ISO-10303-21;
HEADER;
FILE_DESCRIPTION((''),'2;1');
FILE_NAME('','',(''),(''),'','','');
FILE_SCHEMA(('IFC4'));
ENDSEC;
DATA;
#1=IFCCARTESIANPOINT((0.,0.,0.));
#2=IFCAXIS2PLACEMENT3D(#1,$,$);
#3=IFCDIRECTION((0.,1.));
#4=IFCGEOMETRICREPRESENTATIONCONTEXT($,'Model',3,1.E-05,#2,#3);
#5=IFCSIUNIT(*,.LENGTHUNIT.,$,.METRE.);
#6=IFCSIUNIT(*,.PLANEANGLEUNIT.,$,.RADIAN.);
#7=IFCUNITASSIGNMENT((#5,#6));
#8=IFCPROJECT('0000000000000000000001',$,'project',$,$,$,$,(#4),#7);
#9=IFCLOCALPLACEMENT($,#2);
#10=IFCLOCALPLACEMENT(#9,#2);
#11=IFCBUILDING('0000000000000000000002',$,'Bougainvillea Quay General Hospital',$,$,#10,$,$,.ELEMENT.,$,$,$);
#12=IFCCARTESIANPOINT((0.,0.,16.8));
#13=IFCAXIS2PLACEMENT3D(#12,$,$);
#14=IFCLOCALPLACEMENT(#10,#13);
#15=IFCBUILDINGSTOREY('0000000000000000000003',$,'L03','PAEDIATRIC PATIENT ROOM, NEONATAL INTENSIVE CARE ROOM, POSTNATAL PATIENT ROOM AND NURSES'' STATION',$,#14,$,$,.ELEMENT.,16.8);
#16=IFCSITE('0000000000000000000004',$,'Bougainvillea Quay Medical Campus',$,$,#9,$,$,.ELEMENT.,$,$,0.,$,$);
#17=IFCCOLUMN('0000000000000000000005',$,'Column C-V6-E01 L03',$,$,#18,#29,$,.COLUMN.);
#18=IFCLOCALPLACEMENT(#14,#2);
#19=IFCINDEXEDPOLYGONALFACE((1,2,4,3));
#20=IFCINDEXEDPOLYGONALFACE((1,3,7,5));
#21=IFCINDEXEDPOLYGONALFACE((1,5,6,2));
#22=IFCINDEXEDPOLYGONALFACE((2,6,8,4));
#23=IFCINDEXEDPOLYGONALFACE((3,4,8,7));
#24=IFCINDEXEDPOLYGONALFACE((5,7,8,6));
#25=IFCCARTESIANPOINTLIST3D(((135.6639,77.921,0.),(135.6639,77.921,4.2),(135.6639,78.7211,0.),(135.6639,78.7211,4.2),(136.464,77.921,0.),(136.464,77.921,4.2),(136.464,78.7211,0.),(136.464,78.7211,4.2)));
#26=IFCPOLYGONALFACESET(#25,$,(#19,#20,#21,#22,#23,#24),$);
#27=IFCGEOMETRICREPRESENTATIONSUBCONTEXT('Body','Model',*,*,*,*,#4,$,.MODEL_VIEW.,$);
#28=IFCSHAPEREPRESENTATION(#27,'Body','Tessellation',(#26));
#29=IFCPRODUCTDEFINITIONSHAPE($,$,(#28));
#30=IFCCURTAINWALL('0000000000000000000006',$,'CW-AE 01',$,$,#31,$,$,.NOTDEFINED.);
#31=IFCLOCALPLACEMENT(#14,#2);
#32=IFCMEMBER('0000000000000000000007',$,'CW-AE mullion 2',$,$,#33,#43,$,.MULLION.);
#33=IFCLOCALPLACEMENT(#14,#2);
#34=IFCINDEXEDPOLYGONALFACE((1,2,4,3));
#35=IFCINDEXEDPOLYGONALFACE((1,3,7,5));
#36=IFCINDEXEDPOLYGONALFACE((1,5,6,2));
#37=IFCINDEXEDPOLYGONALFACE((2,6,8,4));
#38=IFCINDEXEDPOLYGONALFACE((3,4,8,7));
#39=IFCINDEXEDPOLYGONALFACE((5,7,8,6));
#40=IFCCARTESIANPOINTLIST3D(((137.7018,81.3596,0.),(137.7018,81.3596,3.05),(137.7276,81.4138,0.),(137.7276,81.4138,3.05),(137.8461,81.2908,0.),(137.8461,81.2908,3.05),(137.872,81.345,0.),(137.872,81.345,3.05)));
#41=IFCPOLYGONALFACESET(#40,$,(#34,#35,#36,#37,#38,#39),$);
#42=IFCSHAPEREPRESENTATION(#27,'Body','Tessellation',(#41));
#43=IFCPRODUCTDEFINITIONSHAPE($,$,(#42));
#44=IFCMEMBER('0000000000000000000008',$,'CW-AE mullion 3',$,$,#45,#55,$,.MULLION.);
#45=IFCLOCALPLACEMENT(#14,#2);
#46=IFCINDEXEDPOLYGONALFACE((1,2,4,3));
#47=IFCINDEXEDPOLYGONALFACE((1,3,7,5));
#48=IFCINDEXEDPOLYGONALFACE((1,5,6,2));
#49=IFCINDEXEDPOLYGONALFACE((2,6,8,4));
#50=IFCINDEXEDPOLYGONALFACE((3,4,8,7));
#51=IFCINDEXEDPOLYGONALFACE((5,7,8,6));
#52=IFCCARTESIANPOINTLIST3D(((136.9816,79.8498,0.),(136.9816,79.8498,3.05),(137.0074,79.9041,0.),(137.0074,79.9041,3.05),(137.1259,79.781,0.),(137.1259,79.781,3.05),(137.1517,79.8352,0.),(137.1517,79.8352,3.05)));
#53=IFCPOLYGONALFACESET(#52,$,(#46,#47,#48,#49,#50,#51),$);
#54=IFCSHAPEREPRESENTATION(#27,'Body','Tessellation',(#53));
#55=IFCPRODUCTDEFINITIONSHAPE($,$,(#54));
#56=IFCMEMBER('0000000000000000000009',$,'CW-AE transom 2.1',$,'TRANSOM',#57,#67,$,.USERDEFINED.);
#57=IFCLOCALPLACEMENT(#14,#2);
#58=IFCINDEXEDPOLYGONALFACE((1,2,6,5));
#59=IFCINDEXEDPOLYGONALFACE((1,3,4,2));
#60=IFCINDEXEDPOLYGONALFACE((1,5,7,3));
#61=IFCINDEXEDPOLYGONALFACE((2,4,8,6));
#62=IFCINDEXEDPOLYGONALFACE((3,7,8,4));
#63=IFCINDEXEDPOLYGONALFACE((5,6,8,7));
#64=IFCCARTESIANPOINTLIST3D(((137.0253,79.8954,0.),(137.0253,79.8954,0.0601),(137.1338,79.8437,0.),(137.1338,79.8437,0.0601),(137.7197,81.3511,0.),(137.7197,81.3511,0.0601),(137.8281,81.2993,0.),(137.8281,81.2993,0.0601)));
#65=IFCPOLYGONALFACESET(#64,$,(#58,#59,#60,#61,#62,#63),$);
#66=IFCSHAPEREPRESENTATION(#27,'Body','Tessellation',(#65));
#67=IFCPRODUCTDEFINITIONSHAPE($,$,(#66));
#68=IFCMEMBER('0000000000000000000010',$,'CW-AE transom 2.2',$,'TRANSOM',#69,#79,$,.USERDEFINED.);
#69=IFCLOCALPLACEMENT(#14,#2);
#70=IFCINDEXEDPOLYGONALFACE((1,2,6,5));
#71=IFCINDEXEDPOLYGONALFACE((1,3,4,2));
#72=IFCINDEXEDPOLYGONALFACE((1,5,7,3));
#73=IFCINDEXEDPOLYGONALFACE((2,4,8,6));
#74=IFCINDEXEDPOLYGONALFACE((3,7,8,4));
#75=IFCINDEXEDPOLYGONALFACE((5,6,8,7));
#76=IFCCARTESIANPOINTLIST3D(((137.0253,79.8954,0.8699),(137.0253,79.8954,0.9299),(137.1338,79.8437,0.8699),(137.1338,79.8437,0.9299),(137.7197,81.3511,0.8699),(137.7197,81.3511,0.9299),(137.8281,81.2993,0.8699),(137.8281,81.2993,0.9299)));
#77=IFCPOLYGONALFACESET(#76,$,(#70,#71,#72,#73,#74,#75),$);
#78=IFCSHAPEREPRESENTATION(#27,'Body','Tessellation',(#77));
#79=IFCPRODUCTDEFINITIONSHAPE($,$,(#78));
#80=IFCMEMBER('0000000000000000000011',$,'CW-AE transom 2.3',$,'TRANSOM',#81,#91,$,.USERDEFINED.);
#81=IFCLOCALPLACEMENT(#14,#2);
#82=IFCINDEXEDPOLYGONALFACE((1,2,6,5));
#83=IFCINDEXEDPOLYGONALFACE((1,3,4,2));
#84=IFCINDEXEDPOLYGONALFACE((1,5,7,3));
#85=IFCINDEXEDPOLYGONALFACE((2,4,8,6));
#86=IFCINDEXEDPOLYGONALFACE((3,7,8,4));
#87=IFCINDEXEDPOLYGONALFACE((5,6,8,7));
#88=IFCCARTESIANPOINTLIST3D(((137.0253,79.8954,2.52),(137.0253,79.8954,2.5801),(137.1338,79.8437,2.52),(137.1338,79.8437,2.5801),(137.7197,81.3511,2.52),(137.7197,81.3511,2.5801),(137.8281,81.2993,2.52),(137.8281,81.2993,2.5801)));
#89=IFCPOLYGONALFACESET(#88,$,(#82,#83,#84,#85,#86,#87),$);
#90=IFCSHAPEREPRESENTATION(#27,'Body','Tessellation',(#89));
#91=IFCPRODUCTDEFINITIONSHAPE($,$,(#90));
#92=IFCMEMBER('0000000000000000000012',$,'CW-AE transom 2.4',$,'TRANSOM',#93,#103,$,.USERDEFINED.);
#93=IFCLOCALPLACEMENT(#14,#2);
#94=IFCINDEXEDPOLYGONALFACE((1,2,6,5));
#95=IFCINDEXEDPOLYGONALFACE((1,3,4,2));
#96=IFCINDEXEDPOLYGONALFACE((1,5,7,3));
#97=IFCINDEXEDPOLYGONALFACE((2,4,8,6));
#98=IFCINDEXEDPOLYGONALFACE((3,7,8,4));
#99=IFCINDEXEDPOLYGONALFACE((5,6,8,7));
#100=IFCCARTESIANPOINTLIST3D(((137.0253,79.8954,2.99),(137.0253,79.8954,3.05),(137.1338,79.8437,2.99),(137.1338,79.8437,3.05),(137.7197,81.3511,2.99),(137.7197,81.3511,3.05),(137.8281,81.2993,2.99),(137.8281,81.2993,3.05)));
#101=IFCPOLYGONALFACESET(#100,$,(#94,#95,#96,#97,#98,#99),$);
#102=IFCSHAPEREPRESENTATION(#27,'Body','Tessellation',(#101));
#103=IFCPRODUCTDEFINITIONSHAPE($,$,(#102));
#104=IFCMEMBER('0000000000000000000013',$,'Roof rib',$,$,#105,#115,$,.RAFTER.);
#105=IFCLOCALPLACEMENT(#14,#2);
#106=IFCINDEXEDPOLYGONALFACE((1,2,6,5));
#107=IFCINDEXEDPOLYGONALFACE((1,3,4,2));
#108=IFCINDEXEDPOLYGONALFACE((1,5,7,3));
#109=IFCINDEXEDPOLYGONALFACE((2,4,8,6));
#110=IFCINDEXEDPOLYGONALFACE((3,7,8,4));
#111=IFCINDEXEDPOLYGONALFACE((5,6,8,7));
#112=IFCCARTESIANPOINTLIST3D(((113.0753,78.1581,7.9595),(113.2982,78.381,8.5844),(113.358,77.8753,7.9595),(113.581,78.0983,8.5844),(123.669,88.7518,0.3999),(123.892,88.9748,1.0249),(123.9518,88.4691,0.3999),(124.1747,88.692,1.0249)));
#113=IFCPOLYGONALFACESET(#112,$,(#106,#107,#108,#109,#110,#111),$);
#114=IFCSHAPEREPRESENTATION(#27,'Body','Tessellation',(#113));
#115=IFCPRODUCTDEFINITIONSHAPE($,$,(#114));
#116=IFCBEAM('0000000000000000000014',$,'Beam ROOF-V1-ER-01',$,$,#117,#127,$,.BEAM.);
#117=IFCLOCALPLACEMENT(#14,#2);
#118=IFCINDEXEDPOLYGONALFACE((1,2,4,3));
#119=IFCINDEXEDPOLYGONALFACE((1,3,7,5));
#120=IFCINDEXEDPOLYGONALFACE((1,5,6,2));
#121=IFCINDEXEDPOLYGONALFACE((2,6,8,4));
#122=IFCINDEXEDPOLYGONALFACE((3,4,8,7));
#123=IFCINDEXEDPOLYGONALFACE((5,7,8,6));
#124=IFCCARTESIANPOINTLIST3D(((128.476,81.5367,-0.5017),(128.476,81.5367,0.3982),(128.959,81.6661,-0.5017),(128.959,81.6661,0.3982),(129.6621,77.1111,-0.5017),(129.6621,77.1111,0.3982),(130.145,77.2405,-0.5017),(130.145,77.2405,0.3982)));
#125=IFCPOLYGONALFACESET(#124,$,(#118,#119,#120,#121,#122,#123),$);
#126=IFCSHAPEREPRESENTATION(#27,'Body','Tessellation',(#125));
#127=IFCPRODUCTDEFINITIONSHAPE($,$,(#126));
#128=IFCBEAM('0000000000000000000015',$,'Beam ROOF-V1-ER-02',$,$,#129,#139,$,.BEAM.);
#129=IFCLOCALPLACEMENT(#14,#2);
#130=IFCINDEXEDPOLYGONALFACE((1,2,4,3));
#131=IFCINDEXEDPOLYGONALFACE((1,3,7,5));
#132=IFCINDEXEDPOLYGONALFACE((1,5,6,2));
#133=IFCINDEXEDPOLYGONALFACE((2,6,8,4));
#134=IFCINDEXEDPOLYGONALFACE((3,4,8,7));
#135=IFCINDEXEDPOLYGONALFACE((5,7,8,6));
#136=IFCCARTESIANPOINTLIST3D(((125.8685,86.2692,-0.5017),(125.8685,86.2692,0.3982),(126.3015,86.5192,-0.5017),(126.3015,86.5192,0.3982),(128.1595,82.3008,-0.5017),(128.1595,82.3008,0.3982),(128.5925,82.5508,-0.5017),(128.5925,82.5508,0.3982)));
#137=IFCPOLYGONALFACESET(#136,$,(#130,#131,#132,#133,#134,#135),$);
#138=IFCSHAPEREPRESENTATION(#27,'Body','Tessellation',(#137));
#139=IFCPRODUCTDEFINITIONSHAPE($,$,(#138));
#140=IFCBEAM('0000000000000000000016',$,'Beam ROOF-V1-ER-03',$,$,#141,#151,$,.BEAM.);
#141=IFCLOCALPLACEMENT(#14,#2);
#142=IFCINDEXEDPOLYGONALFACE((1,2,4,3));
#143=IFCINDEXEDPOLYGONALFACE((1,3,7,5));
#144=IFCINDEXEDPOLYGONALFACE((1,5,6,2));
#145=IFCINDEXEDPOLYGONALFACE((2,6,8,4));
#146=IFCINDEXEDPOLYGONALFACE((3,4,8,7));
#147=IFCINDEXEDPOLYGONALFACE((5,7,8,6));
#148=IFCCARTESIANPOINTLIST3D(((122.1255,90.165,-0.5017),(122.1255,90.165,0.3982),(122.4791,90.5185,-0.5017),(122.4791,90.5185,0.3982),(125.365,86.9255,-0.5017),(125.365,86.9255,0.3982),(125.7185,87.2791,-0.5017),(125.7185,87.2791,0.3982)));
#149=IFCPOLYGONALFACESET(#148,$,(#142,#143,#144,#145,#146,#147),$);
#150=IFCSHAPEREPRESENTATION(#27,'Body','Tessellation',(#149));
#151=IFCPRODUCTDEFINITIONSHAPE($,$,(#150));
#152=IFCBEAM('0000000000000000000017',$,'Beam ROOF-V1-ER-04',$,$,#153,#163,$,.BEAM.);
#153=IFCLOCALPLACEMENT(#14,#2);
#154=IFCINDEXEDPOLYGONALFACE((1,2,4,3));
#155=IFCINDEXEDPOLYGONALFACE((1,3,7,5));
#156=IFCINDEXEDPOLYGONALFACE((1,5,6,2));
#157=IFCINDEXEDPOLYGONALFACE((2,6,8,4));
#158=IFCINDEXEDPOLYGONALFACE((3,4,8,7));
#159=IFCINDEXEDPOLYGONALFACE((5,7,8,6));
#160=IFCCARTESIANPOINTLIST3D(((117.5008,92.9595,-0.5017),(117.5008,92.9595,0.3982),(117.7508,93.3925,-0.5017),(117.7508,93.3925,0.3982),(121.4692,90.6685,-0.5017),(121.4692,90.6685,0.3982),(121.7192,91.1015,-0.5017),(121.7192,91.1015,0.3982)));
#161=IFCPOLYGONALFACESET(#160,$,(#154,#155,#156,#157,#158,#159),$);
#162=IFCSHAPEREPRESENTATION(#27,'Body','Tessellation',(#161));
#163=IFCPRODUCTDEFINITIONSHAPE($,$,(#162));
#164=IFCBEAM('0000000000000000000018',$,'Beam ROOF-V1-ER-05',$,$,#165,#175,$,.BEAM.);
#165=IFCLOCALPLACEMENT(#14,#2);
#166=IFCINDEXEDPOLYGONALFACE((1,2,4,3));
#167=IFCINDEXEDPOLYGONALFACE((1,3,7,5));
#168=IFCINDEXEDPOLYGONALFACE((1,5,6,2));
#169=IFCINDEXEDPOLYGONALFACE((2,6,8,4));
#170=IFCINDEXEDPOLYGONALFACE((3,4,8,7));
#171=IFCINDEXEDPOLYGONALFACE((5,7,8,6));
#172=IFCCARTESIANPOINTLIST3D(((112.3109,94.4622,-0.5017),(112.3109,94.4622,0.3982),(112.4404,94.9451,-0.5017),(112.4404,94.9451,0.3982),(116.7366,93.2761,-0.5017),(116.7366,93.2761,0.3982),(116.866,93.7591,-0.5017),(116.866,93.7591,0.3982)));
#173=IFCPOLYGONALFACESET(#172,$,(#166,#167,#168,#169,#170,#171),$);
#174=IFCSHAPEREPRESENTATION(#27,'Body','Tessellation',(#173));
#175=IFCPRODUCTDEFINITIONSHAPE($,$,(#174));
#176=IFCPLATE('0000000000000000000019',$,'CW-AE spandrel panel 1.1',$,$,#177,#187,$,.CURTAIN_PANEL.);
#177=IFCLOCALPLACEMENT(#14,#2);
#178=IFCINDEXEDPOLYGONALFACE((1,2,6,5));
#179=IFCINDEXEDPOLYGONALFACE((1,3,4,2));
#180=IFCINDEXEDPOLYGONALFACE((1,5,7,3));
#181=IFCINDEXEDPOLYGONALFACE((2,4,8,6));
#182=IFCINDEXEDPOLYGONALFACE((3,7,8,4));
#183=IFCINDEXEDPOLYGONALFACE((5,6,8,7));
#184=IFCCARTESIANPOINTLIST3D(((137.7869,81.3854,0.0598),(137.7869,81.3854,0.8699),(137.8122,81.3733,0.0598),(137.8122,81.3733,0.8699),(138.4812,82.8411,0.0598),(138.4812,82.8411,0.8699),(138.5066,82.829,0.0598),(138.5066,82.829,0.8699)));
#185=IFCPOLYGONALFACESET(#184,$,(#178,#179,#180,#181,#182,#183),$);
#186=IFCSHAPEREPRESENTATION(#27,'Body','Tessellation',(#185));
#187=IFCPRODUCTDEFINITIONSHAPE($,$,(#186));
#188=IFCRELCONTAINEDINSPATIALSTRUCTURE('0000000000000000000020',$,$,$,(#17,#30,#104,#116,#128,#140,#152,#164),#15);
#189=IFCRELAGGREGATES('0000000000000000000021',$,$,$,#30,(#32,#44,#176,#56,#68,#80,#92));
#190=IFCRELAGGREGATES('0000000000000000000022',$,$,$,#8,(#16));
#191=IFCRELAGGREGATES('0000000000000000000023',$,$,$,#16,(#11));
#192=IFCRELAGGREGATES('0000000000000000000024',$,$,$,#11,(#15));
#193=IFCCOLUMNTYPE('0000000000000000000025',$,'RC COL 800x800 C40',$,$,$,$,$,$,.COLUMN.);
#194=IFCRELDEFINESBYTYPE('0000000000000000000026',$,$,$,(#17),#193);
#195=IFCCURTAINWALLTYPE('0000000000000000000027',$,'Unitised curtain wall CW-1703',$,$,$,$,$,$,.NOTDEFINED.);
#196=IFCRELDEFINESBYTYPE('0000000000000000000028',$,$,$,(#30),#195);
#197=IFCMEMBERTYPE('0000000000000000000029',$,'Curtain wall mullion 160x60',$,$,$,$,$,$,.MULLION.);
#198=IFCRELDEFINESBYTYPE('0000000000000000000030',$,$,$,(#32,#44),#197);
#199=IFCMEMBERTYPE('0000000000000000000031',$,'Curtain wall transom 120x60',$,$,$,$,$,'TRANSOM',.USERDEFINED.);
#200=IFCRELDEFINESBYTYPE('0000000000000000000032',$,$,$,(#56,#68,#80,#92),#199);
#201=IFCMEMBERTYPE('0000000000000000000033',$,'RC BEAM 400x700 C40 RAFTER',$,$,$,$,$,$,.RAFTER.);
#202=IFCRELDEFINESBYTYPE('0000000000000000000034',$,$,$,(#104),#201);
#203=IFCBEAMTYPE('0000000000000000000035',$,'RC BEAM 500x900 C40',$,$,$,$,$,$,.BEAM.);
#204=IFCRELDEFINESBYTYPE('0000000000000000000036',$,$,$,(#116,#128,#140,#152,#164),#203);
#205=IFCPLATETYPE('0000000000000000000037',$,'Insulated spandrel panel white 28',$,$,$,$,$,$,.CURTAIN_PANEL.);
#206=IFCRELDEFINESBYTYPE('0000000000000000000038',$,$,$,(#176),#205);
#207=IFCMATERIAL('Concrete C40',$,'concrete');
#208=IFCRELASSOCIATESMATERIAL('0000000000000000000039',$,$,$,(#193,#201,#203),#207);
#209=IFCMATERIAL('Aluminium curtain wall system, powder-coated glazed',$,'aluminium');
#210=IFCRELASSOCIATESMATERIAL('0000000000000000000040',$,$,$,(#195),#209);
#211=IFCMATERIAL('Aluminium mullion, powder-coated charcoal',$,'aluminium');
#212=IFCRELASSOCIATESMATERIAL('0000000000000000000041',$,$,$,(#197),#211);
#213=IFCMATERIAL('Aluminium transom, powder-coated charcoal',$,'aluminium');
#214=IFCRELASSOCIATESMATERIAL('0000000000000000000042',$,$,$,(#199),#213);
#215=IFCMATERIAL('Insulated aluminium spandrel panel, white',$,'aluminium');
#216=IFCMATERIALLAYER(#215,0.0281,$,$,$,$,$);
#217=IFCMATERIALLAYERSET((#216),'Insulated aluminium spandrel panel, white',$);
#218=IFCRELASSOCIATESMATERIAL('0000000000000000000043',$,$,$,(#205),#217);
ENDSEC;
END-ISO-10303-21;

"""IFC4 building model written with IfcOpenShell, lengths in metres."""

from ifc_helpers import new_model, si_unit, direction, frame, origin, origin_2d, place, context, subcontext, project, spatial, rectangle, extrude, material, layer, layer_set, material_profile, profile_set, type_object, element, aggregate, save


model = new_model("IFC4")

# Units and contexts
model_context = context("Model", 3, precision=1e-05, world=origin(), true_north=direction((0.0, 1.0)))
body_context = subcontext(model_context, "Body", "Model", "MODEL_VIEW")
ifc_project = project(units=[si_unit("LENGTHUNIT", "METRE"), si_unit("PLANEANGLEUNIT", "RADIAN")], contexts=[model_context])

# Site, building, storey
site_placement = place(None, origin())
site = spatial("IfcSite", under=ifc_project, at=site_placement, Name="Bougainvillea Quay Medical Campus", CompositionType="ELEMENT", RefElevation=0.0)
building_placement = place(site_placement, origin())
building = spatial("IfcBuilding", under=site, at=building_placement, Name="Bougainvillea Quay General Hospital", CompositionType="ELEMENT")
storey_placement = place(building_placement, frame((0.0, 0.0, 16.8)))
storey = spatial("IfcBuildingStorey", under=building, at=storey_placement, Name="L03", Description="PAEDIATRIC PATIENT ROOM, NEONATAL INTENSIVE CARE ROOM, POSTNATAL PATIENT ROOM AND NURSES' STATION", CompositionType="ELEMENT", Elevation=16.8)

# Column
ifc_material_1 = material(Name="Concrete C40", Category="concrete")
ifc_material_profile_1 = material_profile(ifc_material_1, rectangle(XDim=0.8, YDim=0.8, at=origin_2d()))
ifc_profile_set_1 = profile_set([ifc_material_profile_1], Name="Concrete C40")
column_type = type_object("IfcColumnType", Name="RC COL 800x800 C40", PredefinedType="COLUMN", material=ifc_profile_set_1)
column_placement = place(storey_placement, frame((136.064, 78.321, 0.0), z_axis=(0.0, 0.0, 1.0), x_axis=(1.0, 0.0, 0.0)))
element("IfcColumn", 1, at=column_placement, inside=storey, type_object=column_type, Name="Column C-V6-E01 L03", PredefinedType="COLUMN", context=body_context, shape_type="SweptSolid", body=[
    extrude(rectangle(XDim=0.8, YDim=0.8, at=origin_2d()), origin(), (0.0, 0.0, 1.0), 4.2),
])

# Curtain wall, members
ifc_material_2 = material(Name="Aluminium curtain wall system, powder-coated glazed", Category="aluminium")
curtain_wall_type = type_object("IfcCurtainWallType", Name="Unitised curtain wall CW-1703", PredefinedType="NOTDEFINED", material=ifc_material_2)
curtain_wall_placement = place(storey_placement, origin())
curtain_wall = element("IfcCurtainWall", 2, at=curtain_wall_placement, inside=storey, type_object=curtain_wall_type, Name="CW-AE 01", PredefinedType="NOTDEFINED")
ifc_material_3 = material(Name="Aluminium mullion, powder-coated charcoal", Category="aluminium")
ifc_material_profile_2 = material_profile(ifc_material_3, rectangle(XDim=0.1599, YDim=0.0601, at=origin_2d()))
ifc_profile_set_2 = profile_set([ifc_material_profile_2], Name="Aluminium mullion, powder-coated charcoal")
member_type_1 = type_object("IfcMemberType", Name="Curtain wall mullion 160x60", PredefinedType="MULLION", material=ifc_profile_set_2)
member_1_placement = place(storey_placement, frame((137.7869, 81.3523, 0.0), z_axis=(0.0, 0.0, 1.0), x_axis=(0.902578, -0.430525, 0.0)))
member_1 = element("IfcMember", 3, at=member_1_placement, type_object=member_type_1, Name="CW-AE mullion 2", PredefinedType="MULLION", context=body_context, shape_type="SweptSolid", body=[
    extrude(rectangle(XDim=0.1599, YDim=0.0601, at=origin_2d()), origin(), (0.0, 0.0, 1.0), 3.05),
])
member_2_placement = place(storey_placement, frame((137.0667, 79.8425, 0.0), z_axis=(0.0, 0.0, 1.0), x_axis=(0.902578, -0.430525, 0.0)))
member_2 = element("IfcMember", 4, at=member_2_placement, type_object=member_type_1, Name="CW-AE mullion 3", PredefinedType="MULLION", context=body_context, shape_type="SweptSolid", body=[
    extrude(rectangle(XDim=0.1599, YDim=0.0601, at=origin_2d()), origin(), (0.0, 0.0, 1.0), 3.05),
])
ifc_material_4 = material(Name="Aluminium transom, powder-coated charcoal", Category="aluminium")
ifc_material_profile_3 = material_profile(ifc_material_4, rectangle(XDim=0.1201, YDim=0.0601, at=origin_2d()))
ifc_profile_set_3 = profile_set([ifc_material_profile_3], Name="Aluminium transom, powder-coated charcoal")
member_type_2 = type_object("IfcMemberType", Name="Curtain wall transom 120x60", ElementType="TRANSOM", PredefinedType="USERDEFINED", material=ifc_profile_set_3)
member_3_placement = place(storey_placement, frame((137.7739, 81.3252, 0.03), z_axis=(-0.430545, -0.902569, 0.0), x_axis=(0.902569, -0.430545, 0.0)))
member_3 = element("IfcMember", 5, at=member_3_placement, type_object=member_type_2, Name="CW-AE transom 2.1", ObjectType="TRANSOM", PredefinedType="USERDEFINED", context=body_context, shape_type="SweptSolid", body=[
    extrude(rectangle(XDim=0.1201, YDim=0.0601, at=origin_2d()), origin(), (0.0, 0.0, 1.0), 1.6128),
])
member_4_placement = place(storey_placement, frame((137.7739, 81.3252, 0.8999), z_axis=(-0.430545, -0.902569, 0.0), x_axis=(0.902569, -0.430545, 0.0)))
member_4 = element("IfcMember", 6, at=member_4_placement, type_object=member_type_2, Name="CW-AE transom 2.2", ObjectType="TRANSOM", PredefinedType="USERDEFINED", context=body_context, shape_type="SweptSolid", body=[
    extrude(rectangle(XDim=0.1201, YDim=0.0601, at=origin_2d()), origin(), (0.0, 0.0, 1.0), 1.6128),
])
member_5_placement = place(storey_placement, frame((137.7739, 81.3252, 2.55), z_axis=(-0.430545, -0.902569, 0.0), x_axis=(0.902569, -0.430545, 0.0)))
member_5 = element("IfcMember", 7, at=member_5_placement, type_object=member_type_2, Name="CW-AE transom 2.3", ObjectType="TRANSOM", PredefinedType="USERDEFINED", context=body_context, shape_type="SweptSolid", body=[
    extrude(rectangle(XDim=0.1201, YDim=0.0601, at=origin_2d()), origin(), (0.0, 0.0, 1.0), 1.6128),
])
member_6_placement = place(storey_placement, frame((137.7739, 81.3252, 3.02), z_axis=(-0.430545, -0.902569, 0.0), x_axis=(0.902569, -0.430545, 0.0)))
member_6 = element("IfcMember", 8, at=member_6_placement, type_object=member_type_2, Name="CW-AE transom 2.4", ObjectType="TRANSOM", PredefinedType="USERDEFINED", context=body_context, shape_type="SweptSolid", body=[
    extrude(rectangle(XDim=0.1201, YDim=0.0601, at=origin_2d()), origin(), (0.0, 0.0, 1.0), 1.6128),
])

# Member
ifc_material_profile_4 = material_profile(ifc_material_1, rectangle(XDim=0.3999, YDim=0.7, at=origin_2d()))
ifc_profile_set_4 = profile_set([ifc_material_profile_4], Name="Concrete C40")
member_type_3 = type_object("IfcMemberType", Name="RC BEAM 400x700 C40 RAFTER", PredefinedType="RAFTER", material=ifc_profile_set_4)
member_7_placement = place(storey_placement, frame((123.9219, 88.7219, 0.7124), z_axis=(-0.631294, -0.631294, 0.450484), x_axis=(0.707107, -0.707107, 0.0)))
element("IfcMember", 9, at=member_7_placement, inside=storey, type_object=member_type_3, Name="Roof rib", PredefinedType="RAFTER", context=body_context, shape_type="SweptSolid", body=[
    extrude(rectangle(XDim=0.3999, YDim=0.7, at=origin_2d()), origin(), (0.0, 0.0, 1.0), 16.781),
])

# Beams
ifc_material_profile_5 = material_profile(ifc_material_1, rectangle(XDim=0.5, YDim=0.8999, at=origin_2d()))
ifc_profile_set_5 = profile_set([ifc_material_profile_5], Name="Concrete C40")
beam_type = type_object("IfcBeamType", Name="RC BEAM 500x900 C40", PredefinedType="BEAM", material=ifc_profile_set_5)
beam_1_placement = place(storey_placement, frame((129.9036, 77.1758, -0.0518), z_axis=(-0.258863, 0.965914, 0.0), x_axis=(-0.965914, -0.258863, 0.0)))
element("IfcBeam", 10, at=beam_1_placement, inside=storey, type_object=beam_type, Name="Beam ROOF-V1-ER-01", PredefinedType="BEAM", context=body_context, shape_type="SweptSolid", body=[
    extrude(rectangle(XDim=0.5, YDim=0.8999, at=origin_2d()), origin(), (0.0, 0.0, 1.0), 4.5818),
])
beam_2_placement = place(storey_placement, frame((128.376, 82.4258, -0.0518), z_axis=(-0.499967, 0.866045, 0.0), x_axis=(-0.866045, -0.499967, 0.0)))
element("IfcBeam", 11, at=beam_2_placement, inside=storey, type_object=beam_type, Name="Beam ROOF-V1-ER-02", PredefinedType="BEAM", context=body_context, shape_type="SweptSolid", body=[
    extrude(rectangle(XDim=0.5, YDim=0.8999, at=origin_2d()), origin(), (0.0, 0.0, 1.0), 4.5823),
])
beam_3_placement = place(storey_placement, frame((125.5417, 87.1023, -0.0518), z_axis=(-0.707107, 0.707107, 0.0), x_axis=(-0.707107, -0.707107, 0.0)))
element("IfcBeam", 12, at=beam_3_placement, inside=storey, type_object=beam_type, Name="Beam ROOF-V1-ER-03", PredefinedType="BEAM", context=body_context, shape_type="SweptSolid", body=[
    extrude(rectangle(XDim=0.5, YDim=0.8999, at=origin_2d()), origin(), (0.0, 0.0, 1.0), 4.5813),
])
beam_4_placement = place(storey_placement, frame((121.5942, 90.885, -0.0518), z_axis=(-0.866045, 0.499967, 0.0), x_axis=(-0.499967, -0.866045, 0.0)))
element("IfcBeam", 13, at=beam_4_placement, inside=storey, type_object=beam_type, Name="Beam ROOF-V1-ER-04", PredefinedType="BEAM", context=body_context, shape_type="SweptSolid", body=[
    extrude(rectangle(XDim=0.5, YDim=0.8999, at=origin_2d()), origin(), (0.0, 0.0, 1.0), 4.5823),
])
beam_5_placement = place(storey_placement, frame((116.8013, 93.5176, -0.0518), z_axis=(-0.965914, 0.258863, 0.0), x_axis=(-0.258863, -0.965914, 0.0)))
element("IfcBeam", 14, at=beam_5_placement, inside=storey, type_object=beam_type, Name="Beam ROOF-V1-ER-05", PredefinedType="BEAM", context=body_context, shape_type="SweptSolid", body=[
    extrude(rectangle(XDim=0.5, YDim=0.8999, at=origin_2d()), origin(), (0.0, 0.0, 1.0), 4.5818),
])

# Plate
ifc_material_5 = material(Name="Insulated aluminium spandrel panel, white", Category="aluminium")
ifc_layer_1 = layer(ifc_material_5, 0.0281)
ifc_layer_set_1 = layer_set([ifc_layer_1], Name="Insulated aluminium spandrel panel, white")
plate_type_1 = type_object("IfcPlateType", Name="Insulated spandrel panel white 28", PredefinedType="CURTAIN_PANEL", material=ifc_layer_set_1)
plate_1_placement = place(storey_placement, frame((138.1467, 82.1072, 0.0598), z_axis=(0.0, 0.0, 1.0), x_axis=(-0.430525, -0.902578, 0.0)))
plate_1 = element("IfcPlate", 15, at=plate_1_placement, type_object=plate_type_1, Name="CW-AE spandrel panel 1.1", PredefinedType="CURTAIN_PANEL", context=body_context, shape_type="SweptSolid", body=[
    extrude(rectangle(XDim=1.6128, YDim=0.0281, at=origin_2d()), origin(), (0.0, 0.0, 1.0), 0.8101),
])
aggregate(curtain_wall, [member_1, member_2, plate_1, member_3, member_4, member_5, member_6])

save(model, "model.ifc")
